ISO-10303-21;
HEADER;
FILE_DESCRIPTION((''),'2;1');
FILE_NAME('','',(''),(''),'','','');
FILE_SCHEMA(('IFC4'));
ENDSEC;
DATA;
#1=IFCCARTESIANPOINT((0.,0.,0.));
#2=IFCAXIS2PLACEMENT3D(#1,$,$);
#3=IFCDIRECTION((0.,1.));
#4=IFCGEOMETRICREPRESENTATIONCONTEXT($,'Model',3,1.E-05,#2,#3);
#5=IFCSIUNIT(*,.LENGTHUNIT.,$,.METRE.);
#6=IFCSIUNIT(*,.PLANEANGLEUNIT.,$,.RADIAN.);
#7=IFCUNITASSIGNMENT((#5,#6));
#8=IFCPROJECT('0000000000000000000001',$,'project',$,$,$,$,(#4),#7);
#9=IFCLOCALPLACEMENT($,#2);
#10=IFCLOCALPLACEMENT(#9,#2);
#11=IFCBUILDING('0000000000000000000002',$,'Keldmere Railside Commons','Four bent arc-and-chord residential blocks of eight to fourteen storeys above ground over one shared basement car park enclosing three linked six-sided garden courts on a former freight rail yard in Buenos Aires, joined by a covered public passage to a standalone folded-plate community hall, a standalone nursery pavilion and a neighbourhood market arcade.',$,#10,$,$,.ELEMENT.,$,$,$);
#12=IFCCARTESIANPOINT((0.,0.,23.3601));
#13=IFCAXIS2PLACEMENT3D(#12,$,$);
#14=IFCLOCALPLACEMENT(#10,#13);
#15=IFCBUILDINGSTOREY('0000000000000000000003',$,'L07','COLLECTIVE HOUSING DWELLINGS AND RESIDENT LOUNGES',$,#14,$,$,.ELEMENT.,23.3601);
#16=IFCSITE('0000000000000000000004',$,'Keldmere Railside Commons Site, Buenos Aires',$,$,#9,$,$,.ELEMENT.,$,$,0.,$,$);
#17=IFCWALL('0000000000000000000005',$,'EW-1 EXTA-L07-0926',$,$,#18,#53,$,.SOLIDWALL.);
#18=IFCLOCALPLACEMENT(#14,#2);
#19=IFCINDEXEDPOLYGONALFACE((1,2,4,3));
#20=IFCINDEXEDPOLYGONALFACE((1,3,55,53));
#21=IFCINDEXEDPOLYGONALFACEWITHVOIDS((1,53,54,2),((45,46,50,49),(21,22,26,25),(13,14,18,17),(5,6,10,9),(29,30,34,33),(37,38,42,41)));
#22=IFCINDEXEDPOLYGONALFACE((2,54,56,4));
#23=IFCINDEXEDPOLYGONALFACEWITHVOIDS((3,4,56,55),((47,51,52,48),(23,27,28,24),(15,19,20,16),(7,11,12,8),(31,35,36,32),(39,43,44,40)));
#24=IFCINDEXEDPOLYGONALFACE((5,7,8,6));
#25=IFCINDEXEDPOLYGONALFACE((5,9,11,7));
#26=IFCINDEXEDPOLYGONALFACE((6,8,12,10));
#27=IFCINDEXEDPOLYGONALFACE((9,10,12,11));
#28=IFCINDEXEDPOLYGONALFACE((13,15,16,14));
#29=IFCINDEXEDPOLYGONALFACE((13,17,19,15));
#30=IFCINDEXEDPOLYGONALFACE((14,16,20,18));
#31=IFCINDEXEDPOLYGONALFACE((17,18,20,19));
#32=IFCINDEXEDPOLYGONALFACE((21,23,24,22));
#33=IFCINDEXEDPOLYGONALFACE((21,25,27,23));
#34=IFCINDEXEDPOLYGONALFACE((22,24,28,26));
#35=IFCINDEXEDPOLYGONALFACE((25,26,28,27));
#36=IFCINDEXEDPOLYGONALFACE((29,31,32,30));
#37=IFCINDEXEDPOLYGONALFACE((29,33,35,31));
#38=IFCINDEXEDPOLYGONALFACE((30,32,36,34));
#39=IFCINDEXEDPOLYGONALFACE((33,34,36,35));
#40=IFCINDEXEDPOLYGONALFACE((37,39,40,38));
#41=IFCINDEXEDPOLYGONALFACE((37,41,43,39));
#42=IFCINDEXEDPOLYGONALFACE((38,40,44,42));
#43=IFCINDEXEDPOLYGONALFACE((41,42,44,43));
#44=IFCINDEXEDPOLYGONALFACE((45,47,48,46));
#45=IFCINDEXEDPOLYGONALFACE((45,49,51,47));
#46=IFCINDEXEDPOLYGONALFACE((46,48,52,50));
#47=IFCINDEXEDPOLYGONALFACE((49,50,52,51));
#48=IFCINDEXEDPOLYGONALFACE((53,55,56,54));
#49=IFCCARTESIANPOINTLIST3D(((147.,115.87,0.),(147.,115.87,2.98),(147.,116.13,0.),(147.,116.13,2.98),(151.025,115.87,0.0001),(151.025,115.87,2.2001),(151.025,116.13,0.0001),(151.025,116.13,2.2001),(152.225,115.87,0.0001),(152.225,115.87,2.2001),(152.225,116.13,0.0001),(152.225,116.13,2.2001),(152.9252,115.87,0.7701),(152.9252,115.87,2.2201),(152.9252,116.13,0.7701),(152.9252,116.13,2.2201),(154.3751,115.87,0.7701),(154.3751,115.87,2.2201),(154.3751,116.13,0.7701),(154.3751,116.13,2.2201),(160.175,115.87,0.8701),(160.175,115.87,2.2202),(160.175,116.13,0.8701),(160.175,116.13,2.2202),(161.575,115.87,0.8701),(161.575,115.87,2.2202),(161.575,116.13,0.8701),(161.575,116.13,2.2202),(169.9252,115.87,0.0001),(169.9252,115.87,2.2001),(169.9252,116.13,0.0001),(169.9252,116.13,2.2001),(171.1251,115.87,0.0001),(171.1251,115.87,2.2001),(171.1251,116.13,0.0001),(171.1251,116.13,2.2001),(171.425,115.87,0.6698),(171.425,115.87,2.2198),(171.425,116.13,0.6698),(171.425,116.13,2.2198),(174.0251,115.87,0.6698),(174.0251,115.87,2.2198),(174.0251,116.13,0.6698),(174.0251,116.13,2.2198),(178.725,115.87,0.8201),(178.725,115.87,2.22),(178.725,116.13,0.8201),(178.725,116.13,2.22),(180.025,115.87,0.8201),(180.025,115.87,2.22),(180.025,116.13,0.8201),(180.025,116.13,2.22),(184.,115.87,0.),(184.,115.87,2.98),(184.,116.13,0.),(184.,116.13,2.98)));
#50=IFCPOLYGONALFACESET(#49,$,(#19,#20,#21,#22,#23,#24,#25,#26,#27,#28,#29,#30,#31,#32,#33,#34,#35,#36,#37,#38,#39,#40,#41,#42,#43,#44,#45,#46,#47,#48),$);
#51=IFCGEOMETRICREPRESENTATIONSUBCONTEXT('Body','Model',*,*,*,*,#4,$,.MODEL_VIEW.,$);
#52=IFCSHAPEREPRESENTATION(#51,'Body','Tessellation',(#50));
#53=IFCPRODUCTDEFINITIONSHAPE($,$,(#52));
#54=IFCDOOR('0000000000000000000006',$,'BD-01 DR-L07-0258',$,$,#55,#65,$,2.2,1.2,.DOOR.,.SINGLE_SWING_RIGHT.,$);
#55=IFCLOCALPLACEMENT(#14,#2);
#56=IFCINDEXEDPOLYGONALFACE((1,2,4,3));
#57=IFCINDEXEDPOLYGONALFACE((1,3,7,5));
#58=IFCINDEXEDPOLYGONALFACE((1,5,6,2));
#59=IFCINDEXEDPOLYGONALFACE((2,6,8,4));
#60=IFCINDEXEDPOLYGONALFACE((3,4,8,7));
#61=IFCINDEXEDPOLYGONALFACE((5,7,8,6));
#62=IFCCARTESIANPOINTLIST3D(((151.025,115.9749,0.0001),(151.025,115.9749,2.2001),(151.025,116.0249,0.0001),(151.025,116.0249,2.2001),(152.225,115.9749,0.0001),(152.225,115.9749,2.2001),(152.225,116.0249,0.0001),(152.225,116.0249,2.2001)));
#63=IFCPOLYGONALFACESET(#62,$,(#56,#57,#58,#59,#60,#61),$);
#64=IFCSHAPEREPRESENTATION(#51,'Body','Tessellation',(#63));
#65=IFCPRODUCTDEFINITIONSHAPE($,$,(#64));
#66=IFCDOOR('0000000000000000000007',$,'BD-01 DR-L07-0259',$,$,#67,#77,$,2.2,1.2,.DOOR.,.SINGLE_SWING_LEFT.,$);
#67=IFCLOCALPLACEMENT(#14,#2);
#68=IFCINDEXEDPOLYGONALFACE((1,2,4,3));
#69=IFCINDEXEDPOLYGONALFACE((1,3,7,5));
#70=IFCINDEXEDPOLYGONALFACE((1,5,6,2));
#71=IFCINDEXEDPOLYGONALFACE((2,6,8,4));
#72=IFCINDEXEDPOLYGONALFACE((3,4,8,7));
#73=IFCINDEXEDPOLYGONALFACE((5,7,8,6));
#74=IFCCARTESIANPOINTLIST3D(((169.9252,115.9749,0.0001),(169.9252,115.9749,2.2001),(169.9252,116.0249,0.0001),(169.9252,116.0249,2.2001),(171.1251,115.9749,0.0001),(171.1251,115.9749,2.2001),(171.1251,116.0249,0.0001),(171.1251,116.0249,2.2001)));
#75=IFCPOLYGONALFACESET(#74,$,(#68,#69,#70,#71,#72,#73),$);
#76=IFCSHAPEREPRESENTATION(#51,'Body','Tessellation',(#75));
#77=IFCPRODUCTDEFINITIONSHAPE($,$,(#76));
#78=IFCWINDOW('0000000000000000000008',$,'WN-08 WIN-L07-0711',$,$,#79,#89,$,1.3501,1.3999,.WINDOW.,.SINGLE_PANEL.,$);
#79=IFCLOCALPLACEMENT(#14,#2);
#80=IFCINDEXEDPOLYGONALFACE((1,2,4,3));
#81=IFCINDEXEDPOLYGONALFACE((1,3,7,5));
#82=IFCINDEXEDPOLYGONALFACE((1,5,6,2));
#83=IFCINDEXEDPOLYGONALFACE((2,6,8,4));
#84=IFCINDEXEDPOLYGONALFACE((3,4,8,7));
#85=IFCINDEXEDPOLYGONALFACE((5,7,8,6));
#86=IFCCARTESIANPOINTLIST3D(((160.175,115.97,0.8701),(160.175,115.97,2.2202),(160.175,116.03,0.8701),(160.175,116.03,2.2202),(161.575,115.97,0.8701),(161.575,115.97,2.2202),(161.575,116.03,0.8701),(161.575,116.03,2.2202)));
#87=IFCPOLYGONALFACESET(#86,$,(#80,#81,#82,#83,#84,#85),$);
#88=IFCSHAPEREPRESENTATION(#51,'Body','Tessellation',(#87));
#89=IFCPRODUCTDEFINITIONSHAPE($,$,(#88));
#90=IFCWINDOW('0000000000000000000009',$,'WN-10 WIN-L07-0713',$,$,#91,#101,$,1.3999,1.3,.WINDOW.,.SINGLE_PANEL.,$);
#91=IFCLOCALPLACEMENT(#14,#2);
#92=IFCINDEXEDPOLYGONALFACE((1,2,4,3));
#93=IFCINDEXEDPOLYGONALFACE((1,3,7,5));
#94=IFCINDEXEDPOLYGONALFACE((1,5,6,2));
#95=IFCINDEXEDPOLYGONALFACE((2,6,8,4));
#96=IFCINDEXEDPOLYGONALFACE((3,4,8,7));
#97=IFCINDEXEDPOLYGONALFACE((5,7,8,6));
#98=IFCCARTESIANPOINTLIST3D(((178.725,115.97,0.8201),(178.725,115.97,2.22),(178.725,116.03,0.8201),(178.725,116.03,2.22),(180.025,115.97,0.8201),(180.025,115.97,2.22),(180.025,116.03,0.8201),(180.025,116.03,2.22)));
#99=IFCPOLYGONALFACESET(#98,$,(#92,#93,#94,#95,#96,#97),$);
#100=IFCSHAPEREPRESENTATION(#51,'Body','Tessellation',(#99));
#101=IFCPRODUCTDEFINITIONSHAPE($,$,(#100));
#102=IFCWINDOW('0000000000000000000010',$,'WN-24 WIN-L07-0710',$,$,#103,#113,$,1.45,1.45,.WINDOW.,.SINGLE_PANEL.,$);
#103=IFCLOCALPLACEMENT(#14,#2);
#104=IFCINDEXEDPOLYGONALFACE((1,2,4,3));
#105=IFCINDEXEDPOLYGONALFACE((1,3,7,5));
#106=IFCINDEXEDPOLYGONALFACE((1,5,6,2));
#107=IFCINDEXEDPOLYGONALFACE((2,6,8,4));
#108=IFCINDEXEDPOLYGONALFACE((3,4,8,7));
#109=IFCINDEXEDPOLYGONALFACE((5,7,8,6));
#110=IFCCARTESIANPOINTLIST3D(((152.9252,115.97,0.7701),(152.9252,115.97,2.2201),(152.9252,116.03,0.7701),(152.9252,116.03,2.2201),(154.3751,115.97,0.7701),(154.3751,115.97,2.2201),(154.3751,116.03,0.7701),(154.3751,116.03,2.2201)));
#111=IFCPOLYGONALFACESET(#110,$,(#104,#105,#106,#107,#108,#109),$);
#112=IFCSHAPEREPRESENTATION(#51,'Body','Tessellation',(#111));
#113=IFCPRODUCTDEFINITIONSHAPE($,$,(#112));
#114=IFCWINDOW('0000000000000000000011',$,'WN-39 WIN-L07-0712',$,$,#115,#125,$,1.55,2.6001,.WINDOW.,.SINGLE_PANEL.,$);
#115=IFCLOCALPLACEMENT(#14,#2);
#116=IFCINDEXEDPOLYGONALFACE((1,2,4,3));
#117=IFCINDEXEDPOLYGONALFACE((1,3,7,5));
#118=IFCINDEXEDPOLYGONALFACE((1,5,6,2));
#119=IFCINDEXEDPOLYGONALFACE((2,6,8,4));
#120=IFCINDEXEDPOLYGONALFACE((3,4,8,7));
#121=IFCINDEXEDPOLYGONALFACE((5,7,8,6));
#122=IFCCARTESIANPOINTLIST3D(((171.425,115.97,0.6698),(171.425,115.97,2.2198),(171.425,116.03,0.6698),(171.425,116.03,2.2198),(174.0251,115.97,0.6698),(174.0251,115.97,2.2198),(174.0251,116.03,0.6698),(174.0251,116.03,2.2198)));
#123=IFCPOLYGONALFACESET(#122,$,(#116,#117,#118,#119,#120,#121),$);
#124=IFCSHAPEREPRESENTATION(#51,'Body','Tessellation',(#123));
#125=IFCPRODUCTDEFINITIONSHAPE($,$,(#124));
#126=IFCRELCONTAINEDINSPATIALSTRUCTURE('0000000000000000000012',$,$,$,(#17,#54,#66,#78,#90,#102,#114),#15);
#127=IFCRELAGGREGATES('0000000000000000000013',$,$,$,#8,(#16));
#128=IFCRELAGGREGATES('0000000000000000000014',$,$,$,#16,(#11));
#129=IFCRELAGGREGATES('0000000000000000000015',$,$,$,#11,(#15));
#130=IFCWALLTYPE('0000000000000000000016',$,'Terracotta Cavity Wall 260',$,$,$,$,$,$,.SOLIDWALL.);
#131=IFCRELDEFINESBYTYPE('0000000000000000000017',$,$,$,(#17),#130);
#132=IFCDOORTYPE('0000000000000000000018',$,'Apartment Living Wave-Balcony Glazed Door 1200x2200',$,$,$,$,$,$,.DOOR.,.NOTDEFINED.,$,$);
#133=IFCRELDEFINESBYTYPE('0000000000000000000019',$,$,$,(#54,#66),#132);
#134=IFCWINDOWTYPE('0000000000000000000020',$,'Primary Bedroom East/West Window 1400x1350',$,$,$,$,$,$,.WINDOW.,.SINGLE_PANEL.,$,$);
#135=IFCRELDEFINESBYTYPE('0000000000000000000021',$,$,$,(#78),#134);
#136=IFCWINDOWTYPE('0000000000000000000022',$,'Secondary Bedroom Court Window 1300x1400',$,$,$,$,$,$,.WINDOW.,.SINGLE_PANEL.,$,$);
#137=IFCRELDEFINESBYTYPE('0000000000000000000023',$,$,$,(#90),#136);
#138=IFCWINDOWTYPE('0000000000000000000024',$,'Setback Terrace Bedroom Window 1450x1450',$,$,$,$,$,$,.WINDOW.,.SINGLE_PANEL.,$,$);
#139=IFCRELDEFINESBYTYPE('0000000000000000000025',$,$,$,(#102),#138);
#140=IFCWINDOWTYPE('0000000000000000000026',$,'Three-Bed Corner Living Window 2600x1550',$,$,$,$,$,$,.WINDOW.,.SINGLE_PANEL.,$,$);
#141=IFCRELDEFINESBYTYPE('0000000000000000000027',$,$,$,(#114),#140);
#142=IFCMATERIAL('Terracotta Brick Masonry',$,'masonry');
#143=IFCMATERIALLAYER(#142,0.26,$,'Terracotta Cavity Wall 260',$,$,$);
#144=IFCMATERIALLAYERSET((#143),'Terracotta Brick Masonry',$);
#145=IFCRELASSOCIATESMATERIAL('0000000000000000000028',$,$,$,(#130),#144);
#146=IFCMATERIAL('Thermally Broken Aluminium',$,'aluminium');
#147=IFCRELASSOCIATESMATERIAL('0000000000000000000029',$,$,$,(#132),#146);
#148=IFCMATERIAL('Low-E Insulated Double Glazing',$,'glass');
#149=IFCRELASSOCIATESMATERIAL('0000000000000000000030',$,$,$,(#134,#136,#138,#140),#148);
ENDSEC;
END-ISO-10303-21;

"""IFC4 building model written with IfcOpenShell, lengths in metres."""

from ifc_helpers import new_model, si_unit, direction, frame, frame_2d, origin, place, context, subcontext, project, spatial, rectangle, extrude, material, layer, layer_set, type_object, element, fill, save


model = new_model("IFC4")

# Units and contexts
model_context = context("Model", 3, precision=1e-05, world=origin(), true_north=direction((0.0, 1.0)))
body_context = subcontext(model_context, "Body", "Model", "MODEL_VIEW")
ifc_project = project(units=[si_unit("LENGTHUNIT", "METRE"), si_unit("PLANEANGLEUNIT", "RADIAN")], contexts=[model_context])

# Site, building, storey
site_placement = place(None, origin())
site = spatial("IfcSite", under=ifc_project, at=site_placement, Name="Keldmere Railside Commons Site, Buenos Aires", CompositionType="ELEMENT", RefElevation=0.0)
building_placement = place(site_placement, origin())
building = spatial("IfcBuilding", under=site, at=building_placement, Name="Keldmere Railside Commons", Description="Four bent arc-and-chord residential blocks of eight to fourteen storeys above ground over one shared basement car park enclosing three linked six-sided garden courts on a former freight rail yard in Buenos Aires, joined by a covered public passage to a standalone folded-plate community hall, a standalone nursery pavilion and a neighbourhood market arcade.", CompositionType="ELEMENT")
storey_placement = place(building_placement, frame((0.0, 0.0, 23.3601)))
storey = spatial("IfcBuildingStorey", under=building, at=storey_placement, Name="L07", Description="COLLECTIVE HOUSING DWELLINGS AND RESIDENT LOUNGES", CompositionType="ELEMENT", Elevation=23.3601)

# Wall, openings, doors, windows
ifc_material_1 = material(Name="Terracotta Brick Masonry", Category="masonry")
ifc_layer_1 = layer(ifc_material_1, 0.26, Name="Terracotta Cavity Wall 260")
ifc_layer_set_1 = layer_set([ifc_layer_1], Name="Terracotta Brick Masonry")
wall_type_1 = type_object("IfcWallType", Name="Terracotta Cavity Wall 260", PredefinedType="SOLIDWALL", material=ifc_layer_set_1)
wall_1_placement = place(storey_placement, frame((147.0, 116.0, 0.0), z_axis=(0.0, 0.0, 1.0), x_axis=(1.0, 0.0, 0.0)))
wall_1 = element("IfcWall", 1, at=wall_1_placement, inside=storey, type_object=wall_type_1, Name="EW-1 EXTA-L07-0926", PredefinedType="SOLIDWALL", context=body_context, shape_type="SweptSolid", body=[
    extrude(rectangle(XDim=37.0, YDim=0.26, at=frame_2d((18.5, 0.0))), origin(), (0.0, 0.0, 1.0), 2.98),
])
opening_1_placement = place(wall_1_placement, frame((4.0249, 0.0, 0.0)))
opening_1 = element("IfcOpeningElement", 2, at=opening_1_placement, cuts=wall_1, PredefinedType="OPENING", context=body_context, shape_type="SweptSolid", body=[
    extrude(rectangle(XDim=1.2, YDim=2.2, at=frame_2d((0.6001, 1.1001))), frame((0.0, 0.1399, 0.0), z_axis=(0.0, -1.0, 0.0), x_axis=(1.0, 0.0, 0.0)), (0.0, 0.0, 1.0), 0.28),
])
opening_2_placement = place(wall_1_placement, frame((5.925, 0.0, 0.77)))
opening_2 = element("IfcOpeningElement", 3, at=opening_2_placement, cuts=wall_1, PredefinedType="OPENING", context=body_context, shape_type="SweptSolid", body=[
    extrude(rectangle(XDim=1.45, YDim=1.45, at=frame_2d((0.7251, 0.7251))), frame((0.0, 0.1399, 0.0), z_axis=(0.0, -1.0, 0.0), x_axis=(1.0, 0.0, 0.0)), (0.0, 0.0, 1.0), 0.28),
])
opening_3_placement = place(wall_1_placement, frame((13.175, 0.0, 0.8701)))
opening_3 = element("IfcOpeningElement", 4, at=opening_3_placement, cuts=wall_1, PredefinedType="OPENING", context=body_context, shape_type="SweptSolid", body=[
    extrude(rectangle(XDim=1.3999, YDim=1.3501, at=frame_2d((0.7, 0.675))), frame((0.0, 0.1399, 0.0), z_axis=(0.0, -1.0, 0.0), x_axis=(1.0, 0.0, 0.0)), (0.0, 0.0, 1.0), 0.28),
])
opening_4_placement = place(wall_1_placement, frame((22.925, 0.0, 0.0)))
opening_4 = element("IfcOpeningElement", 5, at=opening_4_placement, cuts=wall_1, PredefinedType="OPENING", context=body_context, shape_type="SweptSolid", body=[
    extrude(rectangle(XDim=1.2, YDim=2.2, at=frame_2d((0.6001, 1.1001))), frame((0.0, 0.1399, 0.0), z_axis=(0.0, -1.0, 0.0), x_axis=(1.0, 0.0, 0.0)), (0.0, 0.0, 1.0), 0.28),
])
opening_5_placement = place(wall_1_placement, frame((24.425, 0.0, 0.6699)))
opening_5 = element("IfcOpeningElement", 6, at=opening_5_placement, cuts=wall_1, PredefinedType="OPENING", context=body_context, shape_type="SweptSolid", body=[
    extrude(rectangle(XDim=2.6001, YDim=1.55, at=frame_2d((1.3, 0.7749))), frame((0.0, 0.1399, 0.0), z_axis=(0.0, -1.0, 0.0), x_axis=(1.0, 0.0, 0.0)), (0.0, 0.0, 1.0), 0.28),
])
opening_6_placement = place(wall_1_placement, frame((31.7251, 0.0, 0.8201)))
opening_6 = element("IfcOpeningElement", 7, at=opening_6_placement, cuts=wall_1, PredefinedType="OPENING", context=body_context, shape_type="SweptSolid", body=[
    extrude(rectangle(XDim=1.3, YDim=1.3999, at=frame_2d((0.6499, 0.7))), frame((0.0, 0.1399, 0.0), z_axis=(0.0, -1.0, 0.0), x_axis=(1.0, 0.0, 0.0)), (0.0, 0.0, 1.0), 0.28),
])
ifc_material_2 = material(Name="Thermally Broken Aluminium", Category="aluminium")
door_type_1 = type_object("IfcDoorType", Name="Apartment Living Wave-Balcony Glazed Door 1200x2200", OperationType="NOTDEFINED", PredefinedType="DOOR", material=ifc_material_2)
door_1_placement = place(opening_1_placement, origin())
door_1 = element("IfcDoor", 8, at=door_1_placement, inside=storey, type_object=door_type_1, Name="BD-01 DR-L07-0258", OperationType="SINGLE_SWING_RIGHT", OverallHeight=2.2, OverallWidth=1.2, PredefinedType="DOOR", context=body_context, shape_type="SweptSolid", body=[
    extrude(rectangle(XDim=1.2, YDim=2.2, at=frame_2d((0.6001, 1.1001))), frame((0.0, 0.0249, 0.0), z_axis=(0.0, -1.0, 0.0), x_axis=(1.0, 0.0, 0.0)), (0.0, 0.0, 1.0), 0.05),
])
fill(opening_1, door_1)
door_2_placement = place(opening_4_placement, origin())
door_2 = element("IfcDoor", 9, at=door_2_placement, inside=storey, type_object=door_type_1, Name="BD-01 DR-L07-0259", OperationType="SINGLE_SWING_LEFT", OverallHeight=2.2, OverallWidth=1.2, PredefinedType="DOOR", context=body_context, shape_type="SweptSolid", body=[
    extrude(rectangle(XDim=1.2, YDim=2.2, at=frame_2d((0.6001, 1.1001))), frame((0.0, 0.0249, 0.0), z_axis=(0.0, -1.0, 0.0), x_axis=(1.0, 0.0, 0.0)), (0.0, 0.0, 1.0), 0.05),
])
fill(opening_4, door_2)
ifc_material_3 = material(Name="Low-E Insulated Double Glazing", Category="glass")
window_type_1 = type_object("IfcWindowType", Name="Primary Bedroom East/West Window 1400x1350", PartitioningType="SINGLE_PANEL", PredefinedType="WINDOW", material=ifc_material_3)
window_1_placement = place(opening_3_placement, origin())
window_1 = element("IfcWindow", 10, at=window_1_placement, inside=storey, type_object=window_type_1, Name="WN-08 WIN-L07-0711", OverallHeight=1.3501, OverallWidth=1.3999, PartitioningType="SINGLE_PANEL", PredefinedType="WINDOW", context=body_context, shape_type="SweptSolid", body=[
    extrude(rectangle(XDim=1.3999, YDim=1.3501, at=frame_2d((0.7, 0.675))), frame((0.0, 0.03, 0.0), z_axis=(0.0, -1.0, 0.0), x_axis=(1.0, 0.0, 0.0)), (0.0, 0.0, 1.0), 0.0601),
])
fill(opening_3, window_1)
window_type_2 = type_object("IfcWindowType", Name="Secondary Bedroom Court Window 1300x1400", PartitioningType="SINGLE_PANEL", PredefinedType="WINDOW", material=ifc_material_3)
window_2_placement = place(opening_6_placement, origin())
window_2 = element("IfcWindow", 11, at=window_2_placement, inside=storey, type_object=window_type_2, Name="WN-10 WIN-L07-0713", OverallHeight=1.3999, OverallWidth=1.3, PartitioningType="SINGLE_PANEL", PredefinedType="WINDOW", context=body_context, shape_type="SweptSolid", body=[
    extrude(rectangle(XDim=1.3, YDim=1.3999, at=frame_2d((0.6499, 0.7))), frame((0.0, 0.03, 0.0), z_axis=(0.0, -1.0, 0.0), x_axis=(1.0, 0.0, 0.0)), (0.0, 0.0, 1.0), 0.0601),
])
fill(opening_6, window_2)
window_type_3 = type_object("IfcWindowType", Name="Setback Terrace Bedroom Window 1450x1450", PartitioningType="SINGLE_PANEL", PredefinedType="WINDOW", material=ifc_material_3)
window_3_placement = place(opening_2_placement, origin())
window_3 = element("IfcWindow", 12, at=window_3_placement, inside=storey, type_object=window_type_3, Name="WN-24 WIN-L07-0710", OverallHeight=1.45, OverallWidth=1.45, PartitioningType="SINGLE_PANEL", PredefinedType="WINDOW", context=body_context, shape_type="SweptSolid", body=[
    extrude(rectangle(XDim=1.45, YDim=1.45, at=frame_2d((0.7251, 0.7251))), frame((0.0, 0.03, 0.0), z_axis=(0.0, -1.0, 0.0), x_axis=(1.0, 0.0, 0.0)), (0.0, 0.0, 1.0), 0.0601),
])
fill(opening_2, window_3)
window_type_4 = type_object("IfcWindowType", Name="Three-Bed Corner Living Window 2600x1550", PartitioningType="SINGLE_PANEL", PredefinedType="WINDOW", material=ifc_material_3)
window_4_placement = place(opening_5_placement, origin())
window_4 = element("IfcWindow", 13, at=window_4_placement, inside=storey, type_object=window_type_4, Name="WN-39 WIN-L07-0712", OverallHeight=1.55, OverallWidth=2.6001, PartitioningType="SINGLE_PANEL", PredefinedType="WINDOW", context=body_context, shape_type="SweptSolid", body=[
    extrude(rectangle(XDim=2.6001, YDim=1.55, at=frame_2d((1.3, 0.7749))), frame((0.0, 0.03, 0.0), z_axis=(0.0, -1.0, 0.0), x_axis=(1.0, 0.0, 0.0)), (0.0, 0.0, 1.0), 0.0601),
])
fill(opening_5, window_4)

save(model, "model.ifc")
